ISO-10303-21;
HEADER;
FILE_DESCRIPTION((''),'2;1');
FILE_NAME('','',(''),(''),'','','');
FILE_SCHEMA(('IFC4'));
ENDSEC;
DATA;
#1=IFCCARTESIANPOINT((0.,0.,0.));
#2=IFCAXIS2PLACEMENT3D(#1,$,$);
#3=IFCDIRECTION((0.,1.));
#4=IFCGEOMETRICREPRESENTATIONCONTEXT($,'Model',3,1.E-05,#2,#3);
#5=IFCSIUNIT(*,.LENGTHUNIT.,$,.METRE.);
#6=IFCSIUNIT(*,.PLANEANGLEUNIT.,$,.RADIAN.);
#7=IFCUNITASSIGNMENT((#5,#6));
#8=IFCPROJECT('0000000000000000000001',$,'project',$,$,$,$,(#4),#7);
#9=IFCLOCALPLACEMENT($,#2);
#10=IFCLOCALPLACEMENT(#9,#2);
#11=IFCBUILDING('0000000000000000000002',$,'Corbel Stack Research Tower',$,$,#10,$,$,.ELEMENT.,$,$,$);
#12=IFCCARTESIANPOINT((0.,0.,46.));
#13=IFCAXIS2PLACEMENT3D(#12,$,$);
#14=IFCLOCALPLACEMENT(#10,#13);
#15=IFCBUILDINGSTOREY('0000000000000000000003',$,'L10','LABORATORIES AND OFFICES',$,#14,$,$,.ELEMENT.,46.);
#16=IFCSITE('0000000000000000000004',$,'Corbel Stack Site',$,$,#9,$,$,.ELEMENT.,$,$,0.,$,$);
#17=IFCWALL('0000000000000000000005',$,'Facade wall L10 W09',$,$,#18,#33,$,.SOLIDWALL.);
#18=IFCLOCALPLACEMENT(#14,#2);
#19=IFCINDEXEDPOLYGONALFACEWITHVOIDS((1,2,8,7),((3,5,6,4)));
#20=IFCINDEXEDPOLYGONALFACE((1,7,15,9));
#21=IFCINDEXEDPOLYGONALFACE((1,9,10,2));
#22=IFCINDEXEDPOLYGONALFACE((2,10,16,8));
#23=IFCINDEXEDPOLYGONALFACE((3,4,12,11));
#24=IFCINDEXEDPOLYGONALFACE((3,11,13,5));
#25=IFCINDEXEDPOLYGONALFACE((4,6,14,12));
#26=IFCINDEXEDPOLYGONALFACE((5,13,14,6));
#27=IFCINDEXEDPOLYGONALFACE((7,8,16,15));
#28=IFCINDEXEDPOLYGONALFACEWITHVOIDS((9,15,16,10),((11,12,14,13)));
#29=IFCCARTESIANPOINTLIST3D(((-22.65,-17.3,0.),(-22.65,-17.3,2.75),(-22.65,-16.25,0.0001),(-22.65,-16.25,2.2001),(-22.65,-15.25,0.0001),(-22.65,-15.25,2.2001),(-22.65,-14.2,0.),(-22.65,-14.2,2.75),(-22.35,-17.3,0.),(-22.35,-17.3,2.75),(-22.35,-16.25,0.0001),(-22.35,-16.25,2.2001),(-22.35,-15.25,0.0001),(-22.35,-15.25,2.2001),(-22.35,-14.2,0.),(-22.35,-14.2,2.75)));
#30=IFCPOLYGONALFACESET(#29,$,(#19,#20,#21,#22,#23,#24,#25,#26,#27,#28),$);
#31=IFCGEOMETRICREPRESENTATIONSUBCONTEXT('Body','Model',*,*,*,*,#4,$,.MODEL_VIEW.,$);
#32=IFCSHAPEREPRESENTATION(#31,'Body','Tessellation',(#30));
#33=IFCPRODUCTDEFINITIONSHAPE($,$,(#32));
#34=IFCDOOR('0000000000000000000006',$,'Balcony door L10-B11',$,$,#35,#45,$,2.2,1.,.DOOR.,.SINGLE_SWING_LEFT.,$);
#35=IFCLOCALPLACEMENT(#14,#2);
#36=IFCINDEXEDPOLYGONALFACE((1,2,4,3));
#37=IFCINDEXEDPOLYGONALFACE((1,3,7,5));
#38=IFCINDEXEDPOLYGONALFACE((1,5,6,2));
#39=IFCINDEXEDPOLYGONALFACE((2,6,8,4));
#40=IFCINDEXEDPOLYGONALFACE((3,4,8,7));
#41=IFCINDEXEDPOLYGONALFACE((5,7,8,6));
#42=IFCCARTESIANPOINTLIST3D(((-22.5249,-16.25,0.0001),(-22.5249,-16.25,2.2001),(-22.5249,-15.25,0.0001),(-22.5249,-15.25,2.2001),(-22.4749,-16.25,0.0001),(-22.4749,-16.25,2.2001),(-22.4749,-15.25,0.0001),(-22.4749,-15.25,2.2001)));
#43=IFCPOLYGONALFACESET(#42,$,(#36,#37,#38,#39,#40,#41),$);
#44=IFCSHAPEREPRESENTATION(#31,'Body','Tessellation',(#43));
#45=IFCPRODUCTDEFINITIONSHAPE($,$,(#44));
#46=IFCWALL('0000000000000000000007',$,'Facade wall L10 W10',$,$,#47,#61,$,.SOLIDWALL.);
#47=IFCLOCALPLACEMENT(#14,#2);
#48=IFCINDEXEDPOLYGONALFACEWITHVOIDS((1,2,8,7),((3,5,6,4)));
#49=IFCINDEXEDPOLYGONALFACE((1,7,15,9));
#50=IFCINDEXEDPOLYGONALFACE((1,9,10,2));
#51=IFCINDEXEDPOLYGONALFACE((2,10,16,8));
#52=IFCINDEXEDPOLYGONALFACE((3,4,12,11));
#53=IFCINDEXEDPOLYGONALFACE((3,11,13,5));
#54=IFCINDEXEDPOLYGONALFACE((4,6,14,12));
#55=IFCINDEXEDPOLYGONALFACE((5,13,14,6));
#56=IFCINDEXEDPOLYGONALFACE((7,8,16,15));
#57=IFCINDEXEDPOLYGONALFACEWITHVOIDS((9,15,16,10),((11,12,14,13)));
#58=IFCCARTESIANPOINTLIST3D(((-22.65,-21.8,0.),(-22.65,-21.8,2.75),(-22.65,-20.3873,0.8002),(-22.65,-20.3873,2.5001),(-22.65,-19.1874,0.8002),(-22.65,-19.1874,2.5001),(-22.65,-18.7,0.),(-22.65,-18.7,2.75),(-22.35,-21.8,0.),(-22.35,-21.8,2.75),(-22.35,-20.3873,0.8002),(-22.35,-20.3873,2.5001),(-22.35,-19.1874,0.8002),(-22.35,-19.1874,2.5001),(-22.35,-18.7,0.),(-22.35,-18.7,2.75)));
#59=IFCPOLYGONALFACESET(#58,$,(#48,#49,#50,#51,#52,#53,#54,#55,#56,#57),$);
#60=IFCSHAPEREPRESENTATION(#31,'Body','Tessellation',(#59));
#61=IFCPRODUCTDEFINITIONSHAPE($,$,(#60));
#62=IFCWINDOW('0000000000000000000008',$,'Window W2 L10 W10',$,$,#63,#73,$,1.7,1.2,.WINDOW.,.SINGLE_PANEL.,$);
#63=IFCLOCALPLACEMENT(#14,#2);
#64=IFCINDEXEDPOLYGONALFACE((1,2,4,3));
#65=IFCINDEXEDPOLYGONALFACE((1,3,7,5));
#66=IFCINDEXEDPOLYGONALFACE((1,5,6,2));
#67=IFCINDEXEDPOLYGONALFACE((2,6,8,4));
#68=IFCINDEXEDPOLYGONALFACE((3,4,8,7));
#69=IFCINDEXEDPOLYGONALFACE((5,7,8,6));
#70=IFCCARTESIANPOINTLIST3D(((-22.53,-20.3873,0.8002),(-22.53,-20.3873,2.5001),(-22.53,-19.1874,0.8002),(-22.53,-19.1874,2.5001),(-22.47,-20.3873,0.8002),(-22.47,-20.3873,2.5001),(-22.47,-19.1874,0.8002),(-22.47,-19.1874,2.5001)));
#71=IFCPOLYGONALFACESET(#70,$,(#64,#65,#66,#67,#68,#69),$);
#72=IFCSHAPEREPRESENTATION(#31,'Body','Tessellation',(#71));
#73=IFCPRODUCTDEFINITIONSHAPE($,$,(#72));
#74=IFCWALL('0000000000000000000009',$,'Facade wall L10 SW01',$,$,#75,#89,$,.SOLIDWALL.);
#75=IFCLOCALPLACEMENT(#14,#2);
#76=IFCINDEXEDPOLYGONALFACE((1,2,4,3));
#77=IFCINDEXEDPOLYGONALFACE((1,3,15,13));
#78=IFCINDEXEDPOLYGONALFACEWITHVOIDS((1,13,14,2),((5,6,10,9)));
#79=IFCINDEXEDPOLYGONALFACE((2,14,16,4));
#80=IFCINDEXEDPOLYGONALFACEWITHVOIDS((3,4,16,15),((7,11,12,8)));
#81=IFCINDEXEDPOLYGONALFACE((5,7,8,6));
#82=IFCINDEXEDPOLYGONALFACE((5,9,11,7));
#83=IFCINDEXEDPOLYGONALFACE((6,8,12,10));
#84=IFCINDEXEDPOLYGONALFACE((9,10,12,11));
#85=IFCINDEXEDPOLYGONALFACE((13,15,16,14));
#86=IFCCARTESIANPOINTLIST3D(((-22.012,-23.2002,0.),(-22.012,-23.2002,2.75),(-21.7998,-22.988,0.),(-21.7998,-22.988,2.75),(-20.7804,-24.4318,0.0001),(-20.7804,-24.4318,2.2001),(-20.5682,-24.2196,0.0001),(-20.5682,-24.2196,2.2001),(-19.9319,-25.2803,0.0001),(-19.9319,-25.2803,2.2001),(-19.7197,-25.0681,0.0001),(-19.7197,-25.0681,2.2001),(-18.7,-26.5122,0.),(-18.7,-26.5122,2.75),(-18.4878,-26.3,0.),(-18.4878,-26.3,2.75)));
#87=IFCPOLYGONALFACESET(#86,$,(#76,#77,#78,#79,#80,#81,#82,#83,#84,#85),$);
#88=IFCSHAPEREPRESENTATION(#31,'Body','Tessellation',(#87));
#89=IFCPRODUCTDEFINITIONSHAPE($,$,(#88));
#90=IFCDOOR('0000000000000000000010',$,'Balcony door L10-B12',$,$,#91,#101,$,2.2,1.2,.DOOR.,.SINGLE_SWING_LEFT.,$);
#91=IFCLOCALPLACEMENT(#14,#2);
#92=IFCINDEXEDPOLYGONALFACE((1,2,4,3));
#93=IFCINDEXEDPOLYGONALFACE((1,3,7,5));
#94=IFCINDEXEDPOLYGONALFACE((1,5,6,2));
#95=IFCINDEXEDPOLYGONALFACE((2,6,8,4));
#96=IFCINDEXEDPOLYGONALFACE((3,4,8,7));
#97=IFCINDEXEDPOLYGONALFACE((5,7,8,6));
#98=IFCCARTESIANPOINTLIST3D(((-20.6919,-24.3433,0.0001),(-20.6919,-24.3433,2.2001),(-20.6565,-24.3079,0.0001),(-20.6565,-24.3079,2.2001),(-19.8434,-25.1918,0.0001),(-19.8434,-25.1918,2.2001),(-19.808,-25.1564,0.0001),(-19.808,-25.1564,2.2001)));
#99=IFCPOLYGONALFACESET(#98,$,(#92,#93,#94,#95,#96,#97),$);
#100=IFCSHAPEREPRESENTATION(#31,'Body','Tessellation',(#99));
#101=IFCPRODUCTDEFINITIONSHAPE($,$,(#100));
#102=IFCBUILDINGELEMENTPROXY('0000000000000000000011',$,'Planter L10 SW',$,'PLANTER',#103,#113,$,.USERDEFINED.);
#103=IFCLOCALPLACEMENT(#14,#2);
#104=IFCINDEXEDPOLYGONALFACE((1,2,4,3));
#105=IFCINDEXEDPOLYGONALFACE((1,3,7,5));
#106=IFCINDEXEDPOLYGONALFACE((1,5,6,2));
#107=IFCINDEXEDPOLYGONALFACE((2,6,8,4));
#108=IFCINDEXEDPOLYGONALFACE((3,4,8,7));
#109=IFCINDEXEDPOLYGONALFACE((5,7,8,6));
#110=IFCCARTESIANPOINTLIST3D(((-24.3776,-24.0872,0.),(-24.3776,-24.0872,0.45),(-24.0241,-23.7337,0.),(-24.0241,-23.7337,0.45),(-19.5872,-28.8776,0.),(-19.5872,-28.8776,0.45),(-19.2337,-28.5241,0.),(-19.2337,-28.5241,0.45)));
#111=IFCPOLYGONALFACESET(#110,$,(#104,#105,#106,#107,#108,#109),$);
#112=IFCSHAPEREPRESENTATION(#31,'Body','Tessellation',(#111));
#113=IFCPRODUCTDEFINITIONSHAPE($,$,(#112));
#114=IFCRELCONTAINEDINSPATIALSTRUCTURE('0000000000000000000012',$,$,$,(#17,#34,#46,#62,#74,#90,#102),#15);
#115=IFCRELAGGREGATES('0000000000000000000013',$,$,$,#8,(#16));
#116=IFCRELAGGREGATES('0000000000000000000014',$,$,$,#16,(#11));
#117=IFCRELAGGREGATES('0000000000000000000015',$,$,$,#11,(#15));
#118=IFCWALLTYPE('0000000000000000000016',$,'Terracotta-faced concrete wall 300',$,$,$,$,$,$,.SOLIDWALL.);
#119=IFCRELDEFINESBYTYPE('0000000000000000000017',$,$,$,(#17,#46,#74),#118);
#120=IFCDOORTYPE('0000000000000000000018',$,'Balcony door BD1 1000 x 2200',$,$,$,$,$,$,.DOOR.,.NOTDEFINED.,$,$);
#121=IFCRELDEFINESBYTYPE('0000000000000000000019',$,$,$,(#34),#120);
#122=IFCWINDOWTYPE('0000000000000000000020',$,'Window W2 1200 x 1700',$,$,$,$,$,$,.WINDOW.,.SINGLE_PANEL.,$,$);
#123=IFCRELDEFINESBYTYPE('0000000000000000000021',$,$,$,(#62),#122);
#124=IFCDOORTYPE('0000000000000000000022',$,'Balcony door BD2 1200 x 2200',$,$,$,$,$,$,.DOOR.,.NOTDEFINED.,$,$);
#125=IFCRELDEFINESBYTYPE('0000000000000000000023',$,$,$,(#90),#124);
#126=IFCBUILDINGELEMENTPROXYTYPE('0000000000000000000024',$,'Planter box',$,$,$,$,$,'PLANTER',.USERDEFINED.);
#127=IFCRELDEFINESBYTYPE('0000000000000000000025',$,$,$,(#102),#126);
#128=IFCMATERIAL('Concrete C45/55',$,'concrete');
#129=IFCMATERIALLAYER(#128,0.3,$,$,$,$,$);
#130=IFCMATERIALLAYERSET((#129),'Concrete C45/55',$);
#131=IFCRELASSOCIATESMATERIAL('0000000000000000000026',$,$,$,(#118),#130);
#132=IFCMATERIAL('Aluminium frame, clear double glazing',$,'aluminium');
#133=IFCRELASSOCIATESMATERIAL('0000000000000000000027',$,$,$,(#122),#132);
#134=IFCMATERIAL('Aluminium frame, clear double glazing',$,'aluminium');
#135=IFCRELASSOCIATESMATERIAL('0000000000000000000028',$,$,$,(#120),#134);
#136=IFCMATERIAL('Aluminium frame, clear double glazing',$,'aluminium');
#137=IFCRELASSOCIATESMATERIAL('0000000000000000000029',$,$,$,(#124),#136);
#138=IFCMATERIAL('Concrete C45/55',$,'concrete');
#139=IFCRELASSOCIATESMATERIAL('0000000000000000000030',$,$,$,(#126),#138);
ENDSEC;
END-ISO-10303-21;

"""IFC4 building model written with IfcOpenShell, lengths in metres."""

from ifc_helpers import new_model, si_unit, direction, frame, frame_2d, origin, origin_2d, place, context, subcontext, project, spatial, rectangle, extrude, material, layer, layer_set, type_object, element, fill, save


model = new_model("IFC4")

# Units and contexts
model_context = context("Model", 3, precision=1e-05, world=origin(), true_north=direction((0.0, 1.0)))
body_context = subcontext(model_context, "Body", "Model", "MODEL_VIEW")
ifc_project = project(units=[si_unit("LENGTHUNIT", "METRE"), si_unit("PLANEANGLEUNIT", "RADIAN")], contexts=[model_context])

# Site, building, storey
site_placement = place(None, origin())
site = spatial("IfcSite", under=ifc_project, at=site_placement, Name="Corbel Stack Site", CompositionType="ELEMENT", RefElevation=0.0)
building_placement = place(site_placement, origin())
building = spatial("IfcBuilding", under=site, at=building_placement, Name="Corbel Stack Research Tower", CompositionType="ELEMENT")
storey_placement = place(building_placement, frame((0.0, 0.0, 46.0)))
storey = spatial("IfcBuildingStorey", under=building, at=storey_placement, Name="L10", Description="LABORATORIES AND OFFICES", CompositionType="ELEMENT", Elevation=46.0)

# Shared definitions
ifc_material_1 = material(Name="Concrete C45/55", Category="concrete")
ifc_layer_1 = layer(ifc_material_1, 0.3)
ifc_layer_set_1 = layer_set([ifc_layer_1], Name="Concrete C45/55")
wall_type_1 = type_object("IfcWallType", Name="Terracotta-faced concrete wall 300", PredefinedType="SOLIDWALL", material=ifc_layer_set_1)
ifc_material_2 = material(Name="Aluminium frame, clear double glazing", Category="aluminium")
window_type = type_object("IfcWindowType", Name="Window W2 1200 x 1700", PartitioningType="SINGLE_PANEL", PredefinedType="WINDOW", material=ifc_material_2)

# Wall, opening, door
wall_1_placement = place(storey_placement, frame((-22.5, -17.3, 0.0), z_axis=(0.0, 0.0, 1.0), x_axis=(0.0, 1.0, 0.0)))
wall_1 = element("IfcWall", 1, at=wall_1_placement, inside=storey, type_object=wall_type_1, Name="Facade wall L10 W09", PredefinedType="SOLIDWALL", context=body_context, shape_type="SweptSolid", body=[
    extrude(rectangle(XDim=3.1001, YDim=0.3, at=frame_2d((1.55, 0.0))), origin(), (0.0, 0.0, 1.0), 2.75),
])
opening_1_placement = place(wall_1_placement, frame((1.05, 0.0, 0.0)))
opening_1 = element("IfcOpeningElement", 2, at=opening_1_placement, cuts=wall_1, PredefinedType="OPENING", context=body_context, shape_type="SweptSolid", body=[
    extrude(rectangle(XDim=1.0, YDim=2.2, at=frame_2d((0.5, 1.1001))), frame((0.0, 0.1599, 0.0), z_axis=(0.0, -1.0, 0.0), x_axis=(1.0, 0.0, 0.0)), (0.0, 0.0, 1.0), 0.3201),
])
ifc_material_3 = material(Name="Aluminium frame, clear double glazing", Category="aluminium")
door_type_1 = type_object("IfcDoorType", Name="Balcony door BD1 1000 x 2200", OperationType="NOTDEFINED", PredefinedType="DOOR", material=ifc_material_3)
door_1_placement = place(opening_1_placement, origin())
door_1 = element("IfcDoor", 3, at=door_1_placement, inside=storey, type_object=door_type_1, Name="Balcony door L10-B11", OperationType="SINGLE_SWING_LEFT", OverallHeight=2.2, OverallWidth=1.0, PredefinedType="DOOR", context=body_context, shape_type="SweptSolid", body=[
    extrude(rectangle(XDim=1.0, YDim=2.2, at=frame_2d((0.5, 1.1001))), frame((0.0, 0.0249, 0.0), z_axis=(0.0, -1.0, 0.0), x_axis=(1.0, 0.0, 0.0)), (0.0, 0.0, 1.0), 0.05),
])
fill(opening_1, door_1)

# Wall, opening, window
wall_2_placement = place(storey_placement, frame((-22.5, -21.8, 0.0), z_axis=(0.0, 0.0, 1.0), x_axis=(0.0, 1.0, 0.0)))
wall_2 = element("IfcWall", 4, at=wall_2_placement, inside=storey, type_object=wall_type_1, Name="Facade wall L10 W10", PredefinedType="SOLIDWALL", context=body_context, shape_type="SweptSolid", body=[
    extrude(rectangle(XDim=3.1001, YDim=0.3, at=frame_2d((1.55, 0.0))), origin(), (0.0, 0.0, 1.0), 2.75),
])
opening_2_placement = place(wall_2_placement, frame((1.4126, 0.0, 0.8)))
opening_2 = element("IfcOpeningElement", 5, at=opening_2_placement, cuts=wall_2, PredefinedType="OPENING", context=body_context, shape_type="SweptSolid", body=[
    extrude(rectangle(XDim=1.2, YDim=1.7, at=frame_2d((0.6001, 0.8501))), frame((0.0, 0.1599, 0.0), z_axis=(0.0, -1.0, 0.0), x_axis=(1.0, 0.0, 0.0)), (0.0, 0.0, 1.0), 0.3201),
])
window_1_placement = place(opening_2_placement, origin())
window_1 = element("IfcWindow", 6, at=window_1_placement, inside=storey, type_object=window_type, Name="Window W2 L10 W10", OverallHeight=1.7, OverallWidth=1.2, PartitioningType="SINGLE_PANEL", PredefinedType="WINDOW", context=body_context, shape_type="SweptSolid", body=[
    extrude(rectangle(XDim=1.2, YDim=1.7, at=frame_2d((0.6001, 0.8501))), frame((0.0, 0.03, 0.0), z_axis=(0.0, -1.0, 0.0), x_axis=(1.0, 0.0, 0.0)), (0.0, 0.0, 1.0), 0.0601),
])
fill(opening_2, window_1)

# Wall, opening, door
wall_3_placement = place(storey_placement, frame((-18.594, -26.406, 0.0), z_axis=(0.0, 0.0, 1.0), x_axis=(-0.707107, 0.707107, 0.0)))
wall_3 = element("IfcWall", 7, at=wall_3_placement, inside=storey, type_object=wall_type_1, Name="Facade wall L10 SW01", PredefinedType="SOLIDWALL", context=body_context, shape_type="SweptSolid", body=[
    extrude(rectangle(XDim=4.6838, YDim=0.3, at=frame_2d((2.3418, 0.0))), origin(), (0.0, 0.0, 1.0), 2.75),
])
opening_3_placement = place(wall_3_placement, frame((1.7419, 0.0, 0.0)))
opening_3 = element("IfcOpeningElement", 8, at=opening_3_placement, cuts=wall_3, PredefinedType="OPENING", context=body_context, shape_type="SweptSolid", body=[
    extrude(rectangle(XDim=1.2, YDim=2.2, at=frame_2d((0.6001, 1.1001))), frame((0.0, 0.1599, 0.0), z_axis=(0.0, -1.0, 0.0), x_axis=(1.0, 0.0, 0.0)), (0.0, 0.0, 1.0), 0.3201),
])
ifc_material_4 = material(Name="Aluminium frame, clear double glazing", Category="aluminium")
door_type_2 = type_object("IfcDoorType", Name="Balcony door BD2 1200 x 2200", OperationType="NOTDEFINED", PredefinedType="DOOR", material=ifc_material_4)
door_2_placement = place(opening_3_placement, origin())
door_2 = element("IfcDoor", 9, at=door_2_placement, inside=storey, type_object=door_type_2, Name="Balcony door L10-B12", OperationType="SINGLE_SWING_LEFT", OverallHeight=2.2, OverallWidth=1.2, PredefinedType="DOOR", context=body_context, shape_type="SweptSolid", body=[
    extrude(rectangle(XDim=1.2, YDim=2.2, at=frame_2d((0.6001, 1.1001))), frame((0.0, 0.0249, 0.0), z_axis=(0.0, -1.0, 0.0), x_axis=(1.0, 0.0, 0.0)), (0.0, 0.0, 1.0), 0.05),
])
fill(opening_3, door_2)

# Building element proxy
ifc_material_5 = material(Name="Concrete C45/55", Category="concrete")
building_element_proxy_type = type_object("IfcBuildingElementProxyType", Name="Planter box", ElementType="PLANTER", PredefinedType="USERDEFINED", material=ifc_material_5)
proxy_placement = place(storey_placement, frame((-21.8057, -26.3057, 0.0), z_axis=(0.0, 0.0, 1.0), x_axis=(0.707107, -0.707107, 0.0)))
element("IfcBuildingElementProxy", 10, at=proxy_placement, inside=storey, type_object=building_element_proxy_type, Name="Planter L10 SW", ObjectType="PLANTER", PredefinedType="USERDEFINED", context=body_context, shape_type="SweptSolid", body=[
    extrude(rectangle(XDim=6.7747, YDim=0.5, at=origin_2d()), origin(), (0.0, 0.0, 1.0), 0.45),
])

save(model, "model.ifc")
